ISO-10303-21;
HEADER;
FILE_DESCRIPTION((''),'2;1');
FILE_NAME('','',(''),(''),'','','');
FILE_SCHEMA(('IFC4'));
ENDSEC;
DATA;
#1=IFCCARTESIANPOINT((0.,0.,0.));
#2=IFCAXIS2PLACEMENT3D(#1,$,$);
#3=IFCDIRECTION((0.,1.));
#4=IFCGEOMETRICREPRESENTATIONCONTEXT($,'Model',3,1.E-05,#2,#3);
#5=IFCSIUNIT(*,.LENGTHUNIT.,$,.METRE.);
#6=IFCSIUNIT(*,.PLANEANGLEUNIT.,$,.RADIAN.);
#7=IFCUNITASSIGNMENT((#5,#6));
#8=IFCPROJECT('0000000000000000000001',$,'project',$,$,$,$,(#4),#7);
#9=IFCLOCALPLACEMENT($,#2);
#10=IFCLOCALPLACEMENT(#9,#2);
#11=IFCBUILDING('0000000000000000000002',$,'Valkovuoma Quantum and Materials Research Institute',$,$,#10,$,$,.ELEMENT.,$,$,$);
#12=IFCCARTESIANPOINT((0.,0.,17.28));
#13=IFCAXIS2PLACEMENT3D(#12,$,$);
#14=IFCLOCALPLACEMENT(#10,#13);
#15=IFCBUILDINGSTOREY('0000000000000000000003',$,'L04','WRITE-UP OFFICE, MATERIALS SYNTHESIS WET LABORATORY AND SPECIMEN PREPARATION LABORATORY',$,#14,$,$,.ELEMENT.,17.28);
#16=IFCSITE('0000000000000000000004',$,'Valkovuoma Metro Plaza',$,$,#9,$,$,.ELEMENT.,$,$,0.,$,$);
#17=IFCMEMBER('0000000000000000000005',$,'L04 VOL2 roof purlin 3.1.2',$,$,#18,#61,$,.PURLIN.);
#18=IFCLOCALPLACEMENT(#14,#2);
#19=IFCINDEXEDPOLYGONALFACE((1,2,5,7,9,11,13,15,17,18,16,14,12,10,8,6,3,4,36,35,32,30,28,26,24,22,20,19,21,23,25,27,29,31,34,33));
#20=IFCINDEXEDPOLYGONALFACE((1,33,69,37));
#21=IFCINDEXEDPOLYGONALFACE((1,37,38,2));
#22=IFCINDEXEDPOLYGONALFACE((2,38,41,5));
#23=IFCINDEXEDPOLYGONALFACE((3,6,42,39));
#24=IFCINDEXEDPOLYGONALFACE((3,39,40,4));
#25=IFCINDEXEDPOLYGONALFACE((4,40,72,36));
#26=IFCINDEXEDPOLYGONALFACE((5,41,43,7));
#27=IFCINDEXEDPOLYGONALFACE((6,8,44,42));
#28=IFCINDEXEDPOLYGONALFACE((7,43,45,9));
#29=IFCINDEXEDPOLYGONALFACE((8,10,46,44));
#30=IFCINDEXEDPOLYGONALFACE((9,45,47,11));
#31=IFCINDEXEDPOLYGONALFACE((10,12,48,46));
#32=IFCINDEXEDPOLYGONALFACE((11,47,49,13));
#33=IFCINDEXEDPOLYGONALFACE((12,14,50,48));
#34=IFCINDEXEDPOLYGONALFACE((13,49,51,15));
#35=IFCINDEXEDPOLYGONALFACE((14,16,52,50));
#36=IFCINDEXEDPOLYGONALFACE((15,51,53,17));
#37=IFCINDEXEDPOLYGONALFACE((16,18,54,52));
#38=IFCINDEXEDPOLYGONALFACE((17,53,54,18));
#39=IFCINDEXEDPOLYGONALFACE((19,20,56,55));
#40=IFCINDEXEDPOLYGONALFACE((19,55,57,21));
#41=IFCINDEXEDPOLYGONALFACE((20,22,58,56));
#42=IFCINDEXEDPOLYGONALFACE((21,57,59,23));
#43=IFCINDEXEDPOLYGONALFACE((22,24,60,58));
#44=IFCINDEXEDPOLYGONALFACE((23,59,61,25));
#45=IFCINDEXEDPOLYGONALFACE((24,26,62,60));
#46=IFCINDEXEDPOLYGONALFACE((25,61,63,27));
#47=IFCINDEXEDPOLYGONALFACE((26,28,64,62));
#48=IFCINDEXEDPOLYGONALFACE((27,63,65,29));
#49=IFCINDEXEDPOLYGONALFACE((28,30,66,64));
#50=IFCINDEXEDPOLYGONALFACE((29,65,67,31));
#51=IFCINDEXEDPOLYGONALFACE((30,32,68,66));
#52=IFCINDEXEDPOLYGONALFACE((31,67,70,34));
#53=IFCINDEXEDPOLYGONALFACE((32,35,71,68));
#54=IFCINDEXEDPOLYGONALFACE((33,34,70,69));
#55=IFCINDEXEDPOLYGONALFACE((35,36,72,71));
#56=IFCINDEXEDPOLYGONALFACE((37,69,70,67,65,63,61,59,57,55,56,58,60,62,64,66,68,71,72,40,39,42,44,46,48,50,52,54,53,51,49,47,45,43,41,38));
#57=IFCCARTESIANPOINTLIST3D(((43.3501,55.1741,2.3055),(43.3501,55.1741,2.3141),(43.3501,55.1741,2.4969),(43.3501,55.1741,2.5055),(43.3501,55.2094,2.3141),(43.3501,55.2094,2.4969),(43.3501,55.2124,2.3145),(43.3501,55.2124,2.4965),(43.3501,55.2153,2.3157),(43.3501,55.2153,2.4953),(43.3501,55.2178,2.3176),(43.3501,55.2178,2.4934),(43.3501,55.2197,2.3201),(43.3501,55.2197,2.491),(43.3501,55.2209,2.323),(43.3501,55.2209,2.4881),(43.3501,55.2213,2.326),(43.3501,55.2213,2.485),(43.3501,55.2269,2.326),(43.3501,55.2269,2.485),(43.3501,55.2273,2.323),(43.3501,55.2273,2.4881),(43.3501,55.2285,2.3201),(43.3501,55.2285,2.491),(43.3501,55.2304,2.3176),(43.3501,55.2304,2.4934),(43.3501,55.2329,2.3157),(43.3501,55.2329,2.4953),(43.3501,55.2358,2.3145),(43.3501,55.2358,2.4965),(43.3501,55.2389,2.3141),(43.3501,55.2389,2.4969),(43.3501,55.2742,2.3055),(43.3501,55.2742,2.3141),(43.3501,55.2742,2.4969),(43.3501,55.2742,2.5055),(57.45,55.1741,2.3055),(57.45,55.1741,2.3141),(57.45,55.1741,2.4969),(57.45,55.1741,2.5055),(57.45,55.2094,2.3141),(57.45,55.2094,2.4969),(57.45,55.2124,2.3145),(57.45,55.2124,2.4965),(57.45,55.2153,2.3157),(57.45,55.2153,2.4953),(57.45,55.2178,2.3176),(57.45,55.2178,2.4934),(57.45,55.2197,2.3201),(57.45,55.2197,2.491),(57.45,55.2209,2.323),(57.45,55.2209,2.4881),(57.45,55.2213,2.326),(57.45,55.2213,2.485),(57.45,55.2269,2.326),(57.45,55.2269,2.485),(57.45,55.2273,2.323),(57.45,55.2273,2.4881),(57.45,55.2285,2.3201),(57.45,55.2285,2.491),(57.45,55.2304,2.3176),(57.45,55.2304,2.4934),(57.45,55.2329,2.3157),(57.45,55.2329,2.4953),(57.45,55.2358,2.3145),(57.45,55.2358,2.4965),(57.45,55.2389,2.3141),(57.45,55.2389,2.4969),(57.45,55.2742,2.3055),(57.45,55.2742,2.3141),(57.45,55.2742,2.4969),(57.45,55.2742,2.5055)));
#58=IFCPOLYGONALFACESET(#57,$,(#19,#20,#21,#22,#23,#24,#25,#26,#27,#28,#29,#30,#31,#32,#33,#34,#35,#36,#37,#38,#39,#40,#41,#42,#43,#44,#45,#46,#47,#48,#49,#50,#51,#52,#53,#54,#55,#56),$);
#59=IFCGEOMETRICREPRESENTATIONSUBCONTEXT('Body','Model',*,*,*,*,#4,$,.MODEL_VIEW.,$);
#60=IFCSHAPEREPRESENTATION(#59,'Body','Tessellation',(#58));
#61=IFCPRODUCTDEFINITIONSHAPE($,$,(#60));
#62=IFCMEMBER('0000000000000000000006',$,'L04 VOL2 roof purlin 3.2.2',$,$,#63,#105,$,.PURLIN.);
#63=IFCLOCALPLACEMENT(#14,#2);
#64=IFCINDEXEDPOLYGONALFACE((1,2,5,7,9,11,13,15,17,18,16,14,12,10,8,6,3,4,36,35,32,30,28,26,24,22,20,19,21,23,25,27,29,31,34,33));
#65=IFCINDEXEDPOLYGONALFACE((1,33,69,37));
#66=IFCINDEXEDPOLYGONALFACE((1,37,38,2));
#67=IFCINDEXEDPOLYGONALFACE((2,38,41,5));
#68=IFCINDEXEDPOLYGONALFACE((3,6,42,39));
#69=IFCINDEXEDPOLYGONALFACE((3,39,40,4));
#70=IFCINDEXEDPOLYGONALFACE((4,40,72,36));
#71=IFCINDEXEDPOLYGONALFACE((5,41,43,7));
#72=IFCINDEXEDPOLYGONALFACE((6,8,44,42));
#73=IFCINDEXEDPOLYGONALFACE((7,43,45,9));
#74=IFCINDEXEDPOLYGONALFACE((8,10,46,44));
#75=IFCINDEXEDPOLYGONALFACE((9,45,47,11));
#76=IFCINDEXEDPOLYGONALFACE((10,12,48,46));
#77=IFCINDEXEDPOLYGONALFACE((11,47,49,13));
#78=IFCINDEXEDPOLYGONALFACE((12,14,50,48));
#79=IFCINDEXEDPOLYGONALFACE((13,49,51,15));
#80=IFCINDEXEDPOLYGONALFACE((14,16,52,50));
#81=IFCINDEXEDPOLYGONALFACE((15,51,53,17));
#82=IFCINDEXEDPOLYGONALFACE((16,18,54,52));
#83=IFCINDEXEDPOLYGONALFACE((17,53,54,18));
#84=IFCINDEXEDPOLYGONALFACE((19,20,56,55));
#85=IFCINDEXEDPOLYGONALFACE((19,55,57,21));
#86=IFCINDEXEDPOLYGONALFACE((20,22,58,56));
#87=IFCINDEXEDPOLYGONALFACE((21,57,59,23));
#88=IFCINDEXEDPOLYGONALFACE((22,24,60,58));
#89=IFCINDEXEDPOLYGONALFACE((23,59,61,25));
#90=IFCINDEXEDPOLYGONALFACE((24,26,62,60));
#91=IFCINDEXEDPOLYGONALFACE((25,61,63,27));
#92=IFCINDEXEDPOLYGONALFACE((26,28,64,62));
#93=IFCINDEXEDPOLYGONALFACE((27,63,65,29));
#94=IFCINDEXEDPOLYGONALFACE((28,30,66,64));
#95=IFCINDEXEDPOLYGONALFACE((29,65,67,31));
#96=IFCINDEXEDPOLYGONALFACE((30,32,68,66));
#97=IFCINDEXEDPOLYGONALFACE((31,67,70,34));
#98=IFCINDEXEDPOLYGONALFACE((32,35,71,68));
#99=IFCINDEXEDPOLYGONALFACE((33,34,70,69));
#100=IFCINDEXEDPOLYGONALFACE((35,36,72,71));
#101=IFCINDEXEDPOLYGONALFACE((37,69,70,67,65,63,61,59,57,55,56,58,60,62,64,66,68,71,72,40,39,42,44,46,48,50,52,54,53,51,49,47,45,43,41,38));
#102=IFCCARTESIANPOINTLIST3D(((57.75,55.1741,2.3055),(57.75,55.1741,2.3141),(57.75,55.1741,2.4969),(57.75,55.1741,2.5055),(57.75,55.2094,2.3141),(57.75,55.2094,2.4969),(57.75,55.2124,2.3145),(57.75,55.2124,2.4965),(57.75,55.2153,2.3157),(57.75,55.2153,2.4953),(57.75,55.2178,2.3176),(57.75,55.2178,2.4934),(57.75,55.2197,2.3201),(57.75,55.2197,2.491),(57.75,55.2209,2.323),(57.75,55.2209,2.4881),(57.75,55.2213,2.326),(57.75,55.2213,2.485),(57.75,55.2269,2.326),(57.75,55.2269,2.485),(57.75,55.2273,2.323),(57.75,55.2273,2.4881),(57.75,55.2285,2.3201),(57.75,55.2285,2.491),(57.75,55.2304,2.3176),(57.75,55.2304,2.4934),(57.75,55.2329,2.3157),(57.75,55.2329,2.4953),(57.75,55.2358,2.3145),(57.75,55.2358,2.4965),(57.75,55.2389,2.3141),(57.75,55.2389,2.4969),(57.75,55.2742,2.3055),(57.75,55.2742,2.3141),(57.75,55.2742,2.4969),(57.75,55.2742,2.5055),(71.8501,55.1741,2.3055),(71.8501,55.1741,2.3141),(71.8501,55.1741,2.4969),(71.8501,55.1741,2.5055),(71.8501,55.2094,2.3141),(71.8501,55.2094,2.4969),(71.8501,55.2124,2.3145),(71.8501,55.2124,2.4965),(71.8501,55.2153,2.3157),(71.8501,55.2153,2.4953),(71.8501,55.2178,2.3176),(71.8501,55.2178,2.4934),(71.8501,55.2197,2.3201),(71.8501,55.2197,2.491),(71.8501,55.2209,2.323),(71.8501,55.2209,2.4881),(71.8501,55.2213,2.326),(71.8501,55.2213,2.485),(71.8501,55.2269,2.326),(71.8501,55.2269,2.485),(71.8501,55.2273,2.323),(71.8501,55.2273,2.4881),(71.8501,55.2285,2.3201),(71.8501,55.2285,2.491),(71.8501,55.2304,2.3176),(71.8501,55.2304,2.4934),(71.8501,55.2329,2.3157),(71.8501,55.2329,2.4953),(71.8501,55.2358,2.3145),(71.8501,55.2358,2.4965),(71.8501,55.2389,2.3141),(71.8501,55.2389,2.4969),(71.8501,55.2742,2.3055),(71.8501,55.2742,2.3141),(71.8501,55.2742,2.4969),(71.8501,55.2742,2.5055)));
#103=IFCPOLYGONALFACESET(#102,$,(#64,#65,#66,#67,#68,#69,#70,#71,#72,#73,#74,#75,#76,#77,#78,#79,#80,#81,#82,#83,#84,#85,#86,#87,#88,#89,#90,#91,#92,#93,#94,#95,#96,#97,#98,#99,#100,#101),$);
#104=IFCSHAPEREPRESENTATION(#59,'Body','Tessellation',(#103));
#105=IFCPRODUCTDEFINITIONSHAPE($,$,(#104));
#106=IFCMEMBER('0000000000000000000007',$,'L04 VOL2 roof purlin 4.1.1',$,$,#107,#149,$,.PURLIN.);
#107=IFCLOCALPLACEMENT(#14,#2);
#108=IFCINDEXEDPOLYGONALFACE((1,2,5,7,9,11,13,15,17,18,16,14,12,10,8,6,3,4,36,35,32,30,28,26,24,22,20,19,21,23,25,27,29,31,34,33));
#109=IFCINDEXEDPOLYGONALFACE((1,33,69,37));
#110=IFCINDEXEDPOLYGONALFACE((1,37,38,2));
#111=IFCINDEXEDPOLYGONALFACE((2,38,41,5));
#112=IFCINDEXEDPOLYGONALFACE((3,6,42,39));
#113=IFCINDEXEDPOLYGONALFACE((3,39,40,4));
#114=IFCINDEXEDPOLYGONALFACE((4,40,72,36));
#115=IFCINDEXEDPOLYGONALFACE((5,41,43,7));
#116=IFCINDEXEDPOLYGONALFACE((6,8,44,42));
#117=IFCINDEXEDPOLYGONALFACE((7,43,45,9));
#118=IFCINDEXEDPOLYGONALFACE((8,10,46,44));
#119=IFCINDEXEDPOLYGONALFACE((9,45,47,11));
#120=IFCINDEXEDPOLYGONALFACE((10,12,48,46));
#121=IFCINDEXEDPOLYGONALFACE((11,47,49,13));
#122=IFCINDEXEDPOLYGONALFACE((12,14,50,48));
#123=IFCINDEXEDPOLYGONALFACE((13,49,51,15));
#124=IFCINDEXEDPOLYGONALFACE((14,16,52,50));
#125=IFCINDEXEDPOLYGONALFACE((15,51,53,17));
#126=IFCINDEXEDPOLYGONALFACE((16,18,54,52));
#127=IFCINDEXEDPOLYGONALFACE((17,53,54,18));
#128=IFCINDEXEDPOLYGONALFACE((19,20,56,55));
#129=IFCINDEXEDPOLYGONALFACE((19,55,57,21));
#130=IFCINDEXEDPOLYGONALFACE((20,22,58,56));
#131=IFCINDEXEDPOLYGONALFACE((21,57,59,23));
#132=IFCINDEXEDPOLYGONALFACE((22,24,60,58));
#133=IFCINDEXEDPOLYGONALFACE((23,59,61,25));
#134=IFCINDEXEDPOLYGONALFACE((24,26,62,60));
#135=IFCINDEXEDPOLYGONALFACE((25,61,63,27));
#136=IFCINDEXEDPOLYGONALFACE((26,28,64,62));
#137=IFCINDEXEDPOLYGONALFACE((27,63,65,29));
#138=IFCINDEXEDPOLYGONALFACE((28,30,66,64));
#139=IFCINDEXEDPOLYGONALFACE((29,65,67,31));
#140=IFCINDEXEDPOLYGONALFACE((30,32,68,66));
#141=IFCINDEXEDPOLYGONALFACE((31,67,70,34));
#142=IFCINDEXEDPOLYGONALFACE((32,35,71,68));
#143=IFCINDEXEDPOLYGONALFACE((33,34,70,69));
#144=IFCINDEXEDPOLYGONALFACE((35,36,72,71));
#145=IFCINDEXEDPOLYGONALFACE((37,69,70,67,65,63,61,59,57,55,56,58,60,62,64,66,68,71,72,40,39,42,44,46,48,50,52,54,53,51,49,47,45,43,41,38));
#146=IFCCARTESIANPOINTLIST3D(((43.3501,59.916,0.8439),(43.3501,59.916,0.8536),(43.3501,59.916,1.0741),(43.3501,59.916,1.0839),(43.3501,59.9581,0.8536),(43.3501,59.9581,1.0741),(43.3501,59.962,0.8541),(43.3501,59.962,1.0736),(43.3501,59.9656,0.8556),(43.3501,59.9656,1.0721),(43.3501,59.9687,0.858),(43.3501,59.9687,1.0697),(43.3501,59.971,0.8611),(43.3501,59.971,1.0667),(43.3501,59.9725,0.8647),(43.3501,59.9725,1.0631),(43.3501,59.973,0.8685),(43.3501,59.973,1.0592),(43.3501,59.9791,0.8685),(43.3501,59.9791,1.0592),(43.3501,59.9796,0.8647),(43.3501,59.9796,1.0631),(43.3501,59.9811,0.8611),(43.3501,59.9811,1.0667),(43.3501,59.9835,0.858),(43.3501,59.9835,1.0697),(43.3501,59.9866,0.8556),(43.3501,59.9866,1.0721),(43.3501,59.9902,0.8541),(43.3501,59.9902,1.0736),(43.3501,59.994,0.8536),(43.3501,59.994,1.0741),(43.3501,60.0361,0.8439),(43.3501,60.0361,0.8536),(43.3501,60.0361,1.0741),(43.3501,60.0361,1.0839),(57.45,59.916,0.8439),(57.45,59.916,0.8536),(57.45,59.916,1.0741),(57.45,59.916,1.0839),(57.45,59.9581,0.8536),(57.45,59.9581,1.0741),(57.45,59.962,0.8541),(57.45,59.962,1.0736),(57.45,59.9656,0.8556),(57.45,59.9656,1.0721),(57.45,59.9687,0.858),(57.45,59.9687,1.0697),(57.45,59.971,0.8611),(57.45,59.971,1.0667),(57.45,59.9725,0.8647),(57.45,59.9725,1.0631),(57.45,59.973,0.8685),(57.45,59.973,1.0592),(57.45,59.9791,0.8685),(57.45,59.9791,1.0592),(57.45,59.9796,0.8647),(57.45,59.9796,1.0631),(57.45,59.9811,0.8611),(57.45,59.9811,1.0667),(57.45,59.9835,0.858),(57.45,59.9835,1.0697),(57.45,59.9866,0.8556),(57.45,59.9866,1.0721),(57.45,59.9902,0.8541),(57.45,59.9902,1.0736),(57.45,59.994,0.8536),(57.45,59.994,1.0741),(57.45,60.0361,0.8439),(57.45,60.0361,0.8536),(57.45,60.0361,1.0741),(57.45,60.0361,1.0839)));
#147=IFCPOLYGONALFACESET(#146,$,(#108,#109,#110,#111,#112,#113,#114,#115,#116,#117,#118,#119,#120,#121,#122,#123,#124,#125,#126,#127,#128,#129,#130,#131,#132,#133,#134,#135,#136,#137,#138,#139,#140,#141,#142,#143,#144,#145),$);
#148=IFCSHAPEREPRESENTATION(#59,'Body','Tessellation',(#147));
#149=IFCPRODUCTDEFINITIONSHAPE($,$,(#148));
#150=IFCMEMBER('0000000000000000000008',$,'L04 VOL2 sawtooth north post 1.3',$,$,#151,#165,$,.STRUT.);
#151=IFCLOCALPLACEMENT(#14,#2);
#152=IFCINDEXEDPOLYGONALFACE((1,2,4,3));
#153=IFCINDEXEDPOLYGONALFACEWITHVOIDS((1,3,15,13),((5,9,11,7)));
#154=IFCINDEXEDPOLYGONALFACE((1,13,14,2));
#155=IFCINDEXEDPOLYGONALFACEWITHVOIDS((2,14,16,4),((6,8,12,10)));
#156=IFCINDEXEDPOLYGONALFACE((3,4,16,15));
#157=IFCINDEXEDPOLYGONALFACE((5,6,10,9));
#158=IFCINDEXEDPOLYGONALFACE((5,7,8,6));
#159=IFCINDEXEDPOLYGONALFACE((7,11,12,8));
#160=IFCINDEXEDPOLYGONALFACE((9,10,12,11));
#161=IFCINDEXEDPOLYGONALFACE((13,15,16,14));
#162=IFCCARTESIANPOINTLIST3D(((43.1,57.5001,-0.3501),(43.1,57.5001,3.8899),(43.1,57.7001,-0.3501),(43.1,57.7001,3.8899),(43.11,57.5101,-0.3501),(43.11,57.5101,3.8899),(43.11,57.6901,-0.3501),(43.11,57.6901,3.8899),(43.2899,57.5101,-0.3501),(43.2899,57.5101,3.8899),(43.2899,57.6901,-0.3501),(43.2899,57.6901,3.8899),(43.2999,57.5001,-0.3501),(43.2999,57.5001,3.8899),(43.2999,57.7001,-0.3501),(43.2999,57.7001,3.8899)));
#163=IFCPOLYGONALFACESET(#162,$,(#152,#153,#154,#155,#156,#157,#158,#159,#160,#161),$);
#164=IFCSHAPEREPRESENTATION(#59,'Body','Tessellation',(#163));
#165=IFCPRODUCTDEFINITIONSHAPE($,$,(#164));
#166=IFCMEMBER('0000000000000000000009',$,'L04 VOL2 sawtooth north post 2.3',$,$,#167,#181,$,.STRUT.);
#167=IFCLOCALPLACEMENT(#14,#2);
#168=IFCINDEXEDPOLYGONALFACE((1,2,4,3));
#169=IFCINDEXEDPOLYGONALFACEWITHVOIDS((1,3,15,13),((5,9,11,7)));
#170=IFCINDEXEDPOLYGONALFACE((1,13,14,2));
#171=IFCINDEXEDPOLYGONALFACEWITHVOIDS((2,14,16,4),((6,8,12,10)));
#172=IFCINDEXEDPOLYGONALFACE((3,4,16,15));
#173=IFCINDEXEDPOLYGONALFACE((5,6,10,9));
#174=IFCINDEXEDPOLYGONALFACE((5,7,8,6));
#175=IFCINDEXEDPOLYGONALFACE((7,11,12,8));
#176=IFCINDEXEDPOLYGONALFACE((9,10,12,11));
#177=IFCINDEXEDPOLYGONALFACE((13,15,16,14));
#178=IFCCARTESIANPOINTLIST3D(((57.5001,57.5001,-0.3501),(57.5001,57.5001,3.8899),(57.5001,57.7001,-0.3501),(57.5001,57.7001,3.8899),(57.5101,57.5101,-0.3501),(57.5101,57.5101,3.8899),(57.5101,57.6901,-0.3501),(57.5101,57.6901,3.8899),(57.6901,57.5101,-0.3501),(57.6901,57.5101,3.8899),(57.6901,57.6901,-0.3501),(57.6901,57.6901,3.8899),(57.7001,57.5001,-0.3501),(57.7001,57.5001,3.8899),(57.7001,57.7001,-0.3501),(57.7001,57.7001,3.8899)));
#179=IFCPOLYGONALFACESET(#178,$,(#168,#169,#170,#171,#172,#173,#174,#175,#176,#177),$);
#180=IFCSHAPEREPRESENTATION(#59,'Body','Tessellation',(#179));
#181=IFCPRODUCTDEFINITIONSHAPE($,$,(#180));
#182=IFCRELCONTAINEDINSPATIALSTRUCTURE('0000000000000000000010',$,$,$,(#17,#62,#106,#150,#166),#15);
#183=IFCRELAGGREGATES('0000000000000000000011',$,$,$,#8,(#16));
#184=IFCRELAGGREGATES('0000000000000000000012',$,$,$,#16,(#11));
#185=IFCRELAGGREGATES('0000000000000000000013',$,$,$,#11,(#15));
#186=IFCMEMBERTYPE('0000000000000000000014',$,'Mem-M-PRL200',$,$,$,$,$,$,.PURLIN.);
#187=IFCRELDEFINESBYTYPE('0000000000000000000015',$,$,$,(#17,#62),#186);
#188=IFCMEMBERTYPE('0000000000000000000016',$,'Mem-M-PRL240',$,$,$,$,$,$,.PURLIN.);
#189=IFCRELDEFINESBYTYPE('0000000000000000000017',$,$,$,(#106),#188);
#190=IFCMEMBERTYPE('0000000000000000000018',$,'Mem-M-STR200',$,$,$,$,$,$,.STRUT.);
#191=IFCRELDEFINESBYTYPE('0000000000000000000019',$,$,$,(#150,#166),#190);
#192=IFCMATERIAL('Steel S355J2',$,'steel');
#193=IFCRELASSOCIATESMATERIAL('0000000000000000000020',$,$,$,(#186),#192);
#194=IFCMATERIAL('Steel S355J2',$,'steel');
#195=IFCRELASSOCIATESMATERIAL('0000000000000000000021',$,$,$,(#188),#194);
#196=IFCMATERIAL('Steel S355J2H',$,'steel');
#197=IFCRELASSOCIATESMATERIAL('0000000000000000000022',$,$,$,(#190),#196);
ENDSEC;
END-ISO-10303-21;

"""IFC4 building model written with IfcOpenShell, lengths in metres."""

from ifc_helpers import new_model, si_unit, direction, frame, origin, origin_2d, place, context, subcontext, project, spatial, hollow_rectangle, i_section, extrude, material, material_profile, profile_set, type_object, element, save


model = new_model("IFC4")

# Units and contexts
model_context = context("Model", 3, precision=1e-05, world=origin(), true_north=direction((0.0, 1.0)))
body_context = subcontext(model_context, "Body", "Model", "MODEL_VIEW")
ifc_project = project(units=[si_unit("LENGTHUNIT", "METRE"), si_unit("PLANEANGLEUNIT", "RADIAN")], contexts=[model_context])

# Site, building, storey
site_placement = place(None, origin())
site = spatial("IfcSite", under=ifc_project, at=site_placement, Name="Valkovuoma Metro Plaza", CompositionType="ELEMENT", RefElevation=0.0)
building_placement = place(site_placement, origin())
building = spatial("IfcBuilding", under=site, at=building_placement, Name="Valkovuoma Quantum and Materials Research Institute", CompositionType="ELEMENT")
storey_placement = place(building_placement, frame((0.0, 0.0, 17.28)))
storey = spatial("IfcBuildingStorey", under=building, at=storey_placement, Name="L04", Description="WRITE-UP OFFICE, MATERIALS SYNTHESIS WET LABORATORY AND SPECIMEN PREPARATION LABORATORY", CompositionType="ELEMENT", Elevation=17.28)

# Members
ifc_material_1 = material(Name="Steel S355J2", Category="steel")
ifc_material_profile_1 = material_profile(ifc_material_1, i_section(OverallWidth=0.1001, OverallDepth=0.2, WebThickness=0.0056, FlangeThickness=0.0085, FilletRadius=0.012, at=origin_2d()), Name="Steel S355J2")
ifc_profile_set_1 = profile_set([ifc_material_profile_1], Name="Steel S355J2")
member_type_1 = type_object("IfcMemberType", Name="Mem-M-PRL200", PredefinedType="PURLIN", material=ifc_profile_set_1)
member_1_placement = place(storey_placement, frame((43.3501, 55.2241, 2.4055), z_axis=(1.0, 0.0, 0.0), x_axis=(0.0, 1.0, 0.0)))
element("IfcMember", 1, at=member_1_placement, inside=storey, type_object=member_type_1, Name="L04 VOL2 roof purlin 3.1.2", PredefinedType="PURLIN", context=body_context, shape_type="SweptSolid", body=[
    extrude(i_section(OverallWidth=0.1001, OverallDepth=0.2, WebThickness=0.0056, FlangeThickness=0.0085, FilletRadius=0.012, at=origin_2d()), origin(), (0.0, 0.0, 1.0), 14.0999),
])
member_2_placement = place(storey_placement, frame((57.75, 55.2241, 2.4055), z_axis=(1.0, 0.0, 0.0), x_axis=(0.0, 1.0, 0.0)))
element("IfcMember", 2, at=member_2_placement, inside=storey, type_object=member_type_1, Name="L04 VOL2 roof purlin 3.2.2", PredefinedType="PURLIN", context=body_context, shape_type="SweptSolid", body=[
    extrude(i_section(OverallWidth=0.1001, OverallDepth=0.2, WebThickness=0.0056, FlangeThickness=0.0085, FilletRadius=0.012, at=origin_2d()), origin(), (0.0, 0.0, 1.0), 14.1001),
])
ifc_material_2 = material(Name="Steel S355J2", Category="steel")
ifc_material_profile_2 = material_profile(ifc_material_2, i_section(OverallWidth=0.1201, OverallDepth=0.24, WebThickness=0.0061, FlangeThickness=0.0098, FilletRadius=0.0149, at=origin_2d()), Name="Steel S355J2")
ifc_profile_set_2 = profile_set([ifc_material_profile_2], Name="Steel S355J2")
member_type_2 = type_object("IfcMemberType", Name="Mem-M-PRL240", PredefinedType="PURLIN", material=ifc_profile_set_2)
member_3_placement = place(storey_placement, frame((43.3501, 59.9761, 0.9639), z_axis=(1.0, 0.0, 0.0), x_axis=(0.0, 1.0, 0.0)))
element("IfcMember", 3, at=member_3_placement, inside=storey, type_object=member_type_2, Name="L04 VOL2 roof purlin 4.1.1", PredefinedType="PURLIN", context=body_context, shape_type="SweptSolid", body=[
    extrude(i_section(OverallWidth=0.1201, OverallDepth=0.24, WebThickness=0.0061, FlangeThickness=0.0098, FilletRadius=0.0149, at=origin_2d()), origin(), (0.0, 0.0, 1.0), 14.0999),
])
ifc_material_3 = material(Name="Steel S355J2H", Category="steel")
ifc_material_profile_3 = material_profile(ifc_material_3, hollow_rectangle(XDim=0.2, YDim=0.2, WallThickness=0.01, at=origin_2d()), Name="Steel S355J2H")
ifc_profile_set_3 = profile_set([ifc_material_profile_3], Name="Steel S355J2H")
member_type_3 = type_object("IfcMemberType", Name="Mem-M-STR200", PredefinedType="STRUT", material=ifc_profile_set_3)
for number, where, z_axis, x_axis, name in (
    (4, (43.2, 57.6001, -0.3501), (0.0, 0.0, 1.0), (1.0, 0.0, 0.0), "L04 VOL2 sawtooth north post 1.3"),
    (5, (57.6001, 57.6001, -0.3501), (0.0, 0.0, 1.0), (1.0, 0.0, 0.0), "L04 VOL2 sawtooth north post 2.3"),
):
    element("IfcMember", number, at=place(storey_placement, frame(where, z_axis=z_axis, x_axis=x_axis)), inside=storey, type_object=member_type_3, Name=name, PredefinedType="STRUT", context=body_context, shape_type="SweptSolid", body=[
        extrude(hollow_rectangle(XDim=0.2, YDim=0.2, WallThickness=0.01, at=origin_2d()), origin(), (0.0, 0.0, 1.0), 4.24),
    ])

save(model, "model.ifc")
